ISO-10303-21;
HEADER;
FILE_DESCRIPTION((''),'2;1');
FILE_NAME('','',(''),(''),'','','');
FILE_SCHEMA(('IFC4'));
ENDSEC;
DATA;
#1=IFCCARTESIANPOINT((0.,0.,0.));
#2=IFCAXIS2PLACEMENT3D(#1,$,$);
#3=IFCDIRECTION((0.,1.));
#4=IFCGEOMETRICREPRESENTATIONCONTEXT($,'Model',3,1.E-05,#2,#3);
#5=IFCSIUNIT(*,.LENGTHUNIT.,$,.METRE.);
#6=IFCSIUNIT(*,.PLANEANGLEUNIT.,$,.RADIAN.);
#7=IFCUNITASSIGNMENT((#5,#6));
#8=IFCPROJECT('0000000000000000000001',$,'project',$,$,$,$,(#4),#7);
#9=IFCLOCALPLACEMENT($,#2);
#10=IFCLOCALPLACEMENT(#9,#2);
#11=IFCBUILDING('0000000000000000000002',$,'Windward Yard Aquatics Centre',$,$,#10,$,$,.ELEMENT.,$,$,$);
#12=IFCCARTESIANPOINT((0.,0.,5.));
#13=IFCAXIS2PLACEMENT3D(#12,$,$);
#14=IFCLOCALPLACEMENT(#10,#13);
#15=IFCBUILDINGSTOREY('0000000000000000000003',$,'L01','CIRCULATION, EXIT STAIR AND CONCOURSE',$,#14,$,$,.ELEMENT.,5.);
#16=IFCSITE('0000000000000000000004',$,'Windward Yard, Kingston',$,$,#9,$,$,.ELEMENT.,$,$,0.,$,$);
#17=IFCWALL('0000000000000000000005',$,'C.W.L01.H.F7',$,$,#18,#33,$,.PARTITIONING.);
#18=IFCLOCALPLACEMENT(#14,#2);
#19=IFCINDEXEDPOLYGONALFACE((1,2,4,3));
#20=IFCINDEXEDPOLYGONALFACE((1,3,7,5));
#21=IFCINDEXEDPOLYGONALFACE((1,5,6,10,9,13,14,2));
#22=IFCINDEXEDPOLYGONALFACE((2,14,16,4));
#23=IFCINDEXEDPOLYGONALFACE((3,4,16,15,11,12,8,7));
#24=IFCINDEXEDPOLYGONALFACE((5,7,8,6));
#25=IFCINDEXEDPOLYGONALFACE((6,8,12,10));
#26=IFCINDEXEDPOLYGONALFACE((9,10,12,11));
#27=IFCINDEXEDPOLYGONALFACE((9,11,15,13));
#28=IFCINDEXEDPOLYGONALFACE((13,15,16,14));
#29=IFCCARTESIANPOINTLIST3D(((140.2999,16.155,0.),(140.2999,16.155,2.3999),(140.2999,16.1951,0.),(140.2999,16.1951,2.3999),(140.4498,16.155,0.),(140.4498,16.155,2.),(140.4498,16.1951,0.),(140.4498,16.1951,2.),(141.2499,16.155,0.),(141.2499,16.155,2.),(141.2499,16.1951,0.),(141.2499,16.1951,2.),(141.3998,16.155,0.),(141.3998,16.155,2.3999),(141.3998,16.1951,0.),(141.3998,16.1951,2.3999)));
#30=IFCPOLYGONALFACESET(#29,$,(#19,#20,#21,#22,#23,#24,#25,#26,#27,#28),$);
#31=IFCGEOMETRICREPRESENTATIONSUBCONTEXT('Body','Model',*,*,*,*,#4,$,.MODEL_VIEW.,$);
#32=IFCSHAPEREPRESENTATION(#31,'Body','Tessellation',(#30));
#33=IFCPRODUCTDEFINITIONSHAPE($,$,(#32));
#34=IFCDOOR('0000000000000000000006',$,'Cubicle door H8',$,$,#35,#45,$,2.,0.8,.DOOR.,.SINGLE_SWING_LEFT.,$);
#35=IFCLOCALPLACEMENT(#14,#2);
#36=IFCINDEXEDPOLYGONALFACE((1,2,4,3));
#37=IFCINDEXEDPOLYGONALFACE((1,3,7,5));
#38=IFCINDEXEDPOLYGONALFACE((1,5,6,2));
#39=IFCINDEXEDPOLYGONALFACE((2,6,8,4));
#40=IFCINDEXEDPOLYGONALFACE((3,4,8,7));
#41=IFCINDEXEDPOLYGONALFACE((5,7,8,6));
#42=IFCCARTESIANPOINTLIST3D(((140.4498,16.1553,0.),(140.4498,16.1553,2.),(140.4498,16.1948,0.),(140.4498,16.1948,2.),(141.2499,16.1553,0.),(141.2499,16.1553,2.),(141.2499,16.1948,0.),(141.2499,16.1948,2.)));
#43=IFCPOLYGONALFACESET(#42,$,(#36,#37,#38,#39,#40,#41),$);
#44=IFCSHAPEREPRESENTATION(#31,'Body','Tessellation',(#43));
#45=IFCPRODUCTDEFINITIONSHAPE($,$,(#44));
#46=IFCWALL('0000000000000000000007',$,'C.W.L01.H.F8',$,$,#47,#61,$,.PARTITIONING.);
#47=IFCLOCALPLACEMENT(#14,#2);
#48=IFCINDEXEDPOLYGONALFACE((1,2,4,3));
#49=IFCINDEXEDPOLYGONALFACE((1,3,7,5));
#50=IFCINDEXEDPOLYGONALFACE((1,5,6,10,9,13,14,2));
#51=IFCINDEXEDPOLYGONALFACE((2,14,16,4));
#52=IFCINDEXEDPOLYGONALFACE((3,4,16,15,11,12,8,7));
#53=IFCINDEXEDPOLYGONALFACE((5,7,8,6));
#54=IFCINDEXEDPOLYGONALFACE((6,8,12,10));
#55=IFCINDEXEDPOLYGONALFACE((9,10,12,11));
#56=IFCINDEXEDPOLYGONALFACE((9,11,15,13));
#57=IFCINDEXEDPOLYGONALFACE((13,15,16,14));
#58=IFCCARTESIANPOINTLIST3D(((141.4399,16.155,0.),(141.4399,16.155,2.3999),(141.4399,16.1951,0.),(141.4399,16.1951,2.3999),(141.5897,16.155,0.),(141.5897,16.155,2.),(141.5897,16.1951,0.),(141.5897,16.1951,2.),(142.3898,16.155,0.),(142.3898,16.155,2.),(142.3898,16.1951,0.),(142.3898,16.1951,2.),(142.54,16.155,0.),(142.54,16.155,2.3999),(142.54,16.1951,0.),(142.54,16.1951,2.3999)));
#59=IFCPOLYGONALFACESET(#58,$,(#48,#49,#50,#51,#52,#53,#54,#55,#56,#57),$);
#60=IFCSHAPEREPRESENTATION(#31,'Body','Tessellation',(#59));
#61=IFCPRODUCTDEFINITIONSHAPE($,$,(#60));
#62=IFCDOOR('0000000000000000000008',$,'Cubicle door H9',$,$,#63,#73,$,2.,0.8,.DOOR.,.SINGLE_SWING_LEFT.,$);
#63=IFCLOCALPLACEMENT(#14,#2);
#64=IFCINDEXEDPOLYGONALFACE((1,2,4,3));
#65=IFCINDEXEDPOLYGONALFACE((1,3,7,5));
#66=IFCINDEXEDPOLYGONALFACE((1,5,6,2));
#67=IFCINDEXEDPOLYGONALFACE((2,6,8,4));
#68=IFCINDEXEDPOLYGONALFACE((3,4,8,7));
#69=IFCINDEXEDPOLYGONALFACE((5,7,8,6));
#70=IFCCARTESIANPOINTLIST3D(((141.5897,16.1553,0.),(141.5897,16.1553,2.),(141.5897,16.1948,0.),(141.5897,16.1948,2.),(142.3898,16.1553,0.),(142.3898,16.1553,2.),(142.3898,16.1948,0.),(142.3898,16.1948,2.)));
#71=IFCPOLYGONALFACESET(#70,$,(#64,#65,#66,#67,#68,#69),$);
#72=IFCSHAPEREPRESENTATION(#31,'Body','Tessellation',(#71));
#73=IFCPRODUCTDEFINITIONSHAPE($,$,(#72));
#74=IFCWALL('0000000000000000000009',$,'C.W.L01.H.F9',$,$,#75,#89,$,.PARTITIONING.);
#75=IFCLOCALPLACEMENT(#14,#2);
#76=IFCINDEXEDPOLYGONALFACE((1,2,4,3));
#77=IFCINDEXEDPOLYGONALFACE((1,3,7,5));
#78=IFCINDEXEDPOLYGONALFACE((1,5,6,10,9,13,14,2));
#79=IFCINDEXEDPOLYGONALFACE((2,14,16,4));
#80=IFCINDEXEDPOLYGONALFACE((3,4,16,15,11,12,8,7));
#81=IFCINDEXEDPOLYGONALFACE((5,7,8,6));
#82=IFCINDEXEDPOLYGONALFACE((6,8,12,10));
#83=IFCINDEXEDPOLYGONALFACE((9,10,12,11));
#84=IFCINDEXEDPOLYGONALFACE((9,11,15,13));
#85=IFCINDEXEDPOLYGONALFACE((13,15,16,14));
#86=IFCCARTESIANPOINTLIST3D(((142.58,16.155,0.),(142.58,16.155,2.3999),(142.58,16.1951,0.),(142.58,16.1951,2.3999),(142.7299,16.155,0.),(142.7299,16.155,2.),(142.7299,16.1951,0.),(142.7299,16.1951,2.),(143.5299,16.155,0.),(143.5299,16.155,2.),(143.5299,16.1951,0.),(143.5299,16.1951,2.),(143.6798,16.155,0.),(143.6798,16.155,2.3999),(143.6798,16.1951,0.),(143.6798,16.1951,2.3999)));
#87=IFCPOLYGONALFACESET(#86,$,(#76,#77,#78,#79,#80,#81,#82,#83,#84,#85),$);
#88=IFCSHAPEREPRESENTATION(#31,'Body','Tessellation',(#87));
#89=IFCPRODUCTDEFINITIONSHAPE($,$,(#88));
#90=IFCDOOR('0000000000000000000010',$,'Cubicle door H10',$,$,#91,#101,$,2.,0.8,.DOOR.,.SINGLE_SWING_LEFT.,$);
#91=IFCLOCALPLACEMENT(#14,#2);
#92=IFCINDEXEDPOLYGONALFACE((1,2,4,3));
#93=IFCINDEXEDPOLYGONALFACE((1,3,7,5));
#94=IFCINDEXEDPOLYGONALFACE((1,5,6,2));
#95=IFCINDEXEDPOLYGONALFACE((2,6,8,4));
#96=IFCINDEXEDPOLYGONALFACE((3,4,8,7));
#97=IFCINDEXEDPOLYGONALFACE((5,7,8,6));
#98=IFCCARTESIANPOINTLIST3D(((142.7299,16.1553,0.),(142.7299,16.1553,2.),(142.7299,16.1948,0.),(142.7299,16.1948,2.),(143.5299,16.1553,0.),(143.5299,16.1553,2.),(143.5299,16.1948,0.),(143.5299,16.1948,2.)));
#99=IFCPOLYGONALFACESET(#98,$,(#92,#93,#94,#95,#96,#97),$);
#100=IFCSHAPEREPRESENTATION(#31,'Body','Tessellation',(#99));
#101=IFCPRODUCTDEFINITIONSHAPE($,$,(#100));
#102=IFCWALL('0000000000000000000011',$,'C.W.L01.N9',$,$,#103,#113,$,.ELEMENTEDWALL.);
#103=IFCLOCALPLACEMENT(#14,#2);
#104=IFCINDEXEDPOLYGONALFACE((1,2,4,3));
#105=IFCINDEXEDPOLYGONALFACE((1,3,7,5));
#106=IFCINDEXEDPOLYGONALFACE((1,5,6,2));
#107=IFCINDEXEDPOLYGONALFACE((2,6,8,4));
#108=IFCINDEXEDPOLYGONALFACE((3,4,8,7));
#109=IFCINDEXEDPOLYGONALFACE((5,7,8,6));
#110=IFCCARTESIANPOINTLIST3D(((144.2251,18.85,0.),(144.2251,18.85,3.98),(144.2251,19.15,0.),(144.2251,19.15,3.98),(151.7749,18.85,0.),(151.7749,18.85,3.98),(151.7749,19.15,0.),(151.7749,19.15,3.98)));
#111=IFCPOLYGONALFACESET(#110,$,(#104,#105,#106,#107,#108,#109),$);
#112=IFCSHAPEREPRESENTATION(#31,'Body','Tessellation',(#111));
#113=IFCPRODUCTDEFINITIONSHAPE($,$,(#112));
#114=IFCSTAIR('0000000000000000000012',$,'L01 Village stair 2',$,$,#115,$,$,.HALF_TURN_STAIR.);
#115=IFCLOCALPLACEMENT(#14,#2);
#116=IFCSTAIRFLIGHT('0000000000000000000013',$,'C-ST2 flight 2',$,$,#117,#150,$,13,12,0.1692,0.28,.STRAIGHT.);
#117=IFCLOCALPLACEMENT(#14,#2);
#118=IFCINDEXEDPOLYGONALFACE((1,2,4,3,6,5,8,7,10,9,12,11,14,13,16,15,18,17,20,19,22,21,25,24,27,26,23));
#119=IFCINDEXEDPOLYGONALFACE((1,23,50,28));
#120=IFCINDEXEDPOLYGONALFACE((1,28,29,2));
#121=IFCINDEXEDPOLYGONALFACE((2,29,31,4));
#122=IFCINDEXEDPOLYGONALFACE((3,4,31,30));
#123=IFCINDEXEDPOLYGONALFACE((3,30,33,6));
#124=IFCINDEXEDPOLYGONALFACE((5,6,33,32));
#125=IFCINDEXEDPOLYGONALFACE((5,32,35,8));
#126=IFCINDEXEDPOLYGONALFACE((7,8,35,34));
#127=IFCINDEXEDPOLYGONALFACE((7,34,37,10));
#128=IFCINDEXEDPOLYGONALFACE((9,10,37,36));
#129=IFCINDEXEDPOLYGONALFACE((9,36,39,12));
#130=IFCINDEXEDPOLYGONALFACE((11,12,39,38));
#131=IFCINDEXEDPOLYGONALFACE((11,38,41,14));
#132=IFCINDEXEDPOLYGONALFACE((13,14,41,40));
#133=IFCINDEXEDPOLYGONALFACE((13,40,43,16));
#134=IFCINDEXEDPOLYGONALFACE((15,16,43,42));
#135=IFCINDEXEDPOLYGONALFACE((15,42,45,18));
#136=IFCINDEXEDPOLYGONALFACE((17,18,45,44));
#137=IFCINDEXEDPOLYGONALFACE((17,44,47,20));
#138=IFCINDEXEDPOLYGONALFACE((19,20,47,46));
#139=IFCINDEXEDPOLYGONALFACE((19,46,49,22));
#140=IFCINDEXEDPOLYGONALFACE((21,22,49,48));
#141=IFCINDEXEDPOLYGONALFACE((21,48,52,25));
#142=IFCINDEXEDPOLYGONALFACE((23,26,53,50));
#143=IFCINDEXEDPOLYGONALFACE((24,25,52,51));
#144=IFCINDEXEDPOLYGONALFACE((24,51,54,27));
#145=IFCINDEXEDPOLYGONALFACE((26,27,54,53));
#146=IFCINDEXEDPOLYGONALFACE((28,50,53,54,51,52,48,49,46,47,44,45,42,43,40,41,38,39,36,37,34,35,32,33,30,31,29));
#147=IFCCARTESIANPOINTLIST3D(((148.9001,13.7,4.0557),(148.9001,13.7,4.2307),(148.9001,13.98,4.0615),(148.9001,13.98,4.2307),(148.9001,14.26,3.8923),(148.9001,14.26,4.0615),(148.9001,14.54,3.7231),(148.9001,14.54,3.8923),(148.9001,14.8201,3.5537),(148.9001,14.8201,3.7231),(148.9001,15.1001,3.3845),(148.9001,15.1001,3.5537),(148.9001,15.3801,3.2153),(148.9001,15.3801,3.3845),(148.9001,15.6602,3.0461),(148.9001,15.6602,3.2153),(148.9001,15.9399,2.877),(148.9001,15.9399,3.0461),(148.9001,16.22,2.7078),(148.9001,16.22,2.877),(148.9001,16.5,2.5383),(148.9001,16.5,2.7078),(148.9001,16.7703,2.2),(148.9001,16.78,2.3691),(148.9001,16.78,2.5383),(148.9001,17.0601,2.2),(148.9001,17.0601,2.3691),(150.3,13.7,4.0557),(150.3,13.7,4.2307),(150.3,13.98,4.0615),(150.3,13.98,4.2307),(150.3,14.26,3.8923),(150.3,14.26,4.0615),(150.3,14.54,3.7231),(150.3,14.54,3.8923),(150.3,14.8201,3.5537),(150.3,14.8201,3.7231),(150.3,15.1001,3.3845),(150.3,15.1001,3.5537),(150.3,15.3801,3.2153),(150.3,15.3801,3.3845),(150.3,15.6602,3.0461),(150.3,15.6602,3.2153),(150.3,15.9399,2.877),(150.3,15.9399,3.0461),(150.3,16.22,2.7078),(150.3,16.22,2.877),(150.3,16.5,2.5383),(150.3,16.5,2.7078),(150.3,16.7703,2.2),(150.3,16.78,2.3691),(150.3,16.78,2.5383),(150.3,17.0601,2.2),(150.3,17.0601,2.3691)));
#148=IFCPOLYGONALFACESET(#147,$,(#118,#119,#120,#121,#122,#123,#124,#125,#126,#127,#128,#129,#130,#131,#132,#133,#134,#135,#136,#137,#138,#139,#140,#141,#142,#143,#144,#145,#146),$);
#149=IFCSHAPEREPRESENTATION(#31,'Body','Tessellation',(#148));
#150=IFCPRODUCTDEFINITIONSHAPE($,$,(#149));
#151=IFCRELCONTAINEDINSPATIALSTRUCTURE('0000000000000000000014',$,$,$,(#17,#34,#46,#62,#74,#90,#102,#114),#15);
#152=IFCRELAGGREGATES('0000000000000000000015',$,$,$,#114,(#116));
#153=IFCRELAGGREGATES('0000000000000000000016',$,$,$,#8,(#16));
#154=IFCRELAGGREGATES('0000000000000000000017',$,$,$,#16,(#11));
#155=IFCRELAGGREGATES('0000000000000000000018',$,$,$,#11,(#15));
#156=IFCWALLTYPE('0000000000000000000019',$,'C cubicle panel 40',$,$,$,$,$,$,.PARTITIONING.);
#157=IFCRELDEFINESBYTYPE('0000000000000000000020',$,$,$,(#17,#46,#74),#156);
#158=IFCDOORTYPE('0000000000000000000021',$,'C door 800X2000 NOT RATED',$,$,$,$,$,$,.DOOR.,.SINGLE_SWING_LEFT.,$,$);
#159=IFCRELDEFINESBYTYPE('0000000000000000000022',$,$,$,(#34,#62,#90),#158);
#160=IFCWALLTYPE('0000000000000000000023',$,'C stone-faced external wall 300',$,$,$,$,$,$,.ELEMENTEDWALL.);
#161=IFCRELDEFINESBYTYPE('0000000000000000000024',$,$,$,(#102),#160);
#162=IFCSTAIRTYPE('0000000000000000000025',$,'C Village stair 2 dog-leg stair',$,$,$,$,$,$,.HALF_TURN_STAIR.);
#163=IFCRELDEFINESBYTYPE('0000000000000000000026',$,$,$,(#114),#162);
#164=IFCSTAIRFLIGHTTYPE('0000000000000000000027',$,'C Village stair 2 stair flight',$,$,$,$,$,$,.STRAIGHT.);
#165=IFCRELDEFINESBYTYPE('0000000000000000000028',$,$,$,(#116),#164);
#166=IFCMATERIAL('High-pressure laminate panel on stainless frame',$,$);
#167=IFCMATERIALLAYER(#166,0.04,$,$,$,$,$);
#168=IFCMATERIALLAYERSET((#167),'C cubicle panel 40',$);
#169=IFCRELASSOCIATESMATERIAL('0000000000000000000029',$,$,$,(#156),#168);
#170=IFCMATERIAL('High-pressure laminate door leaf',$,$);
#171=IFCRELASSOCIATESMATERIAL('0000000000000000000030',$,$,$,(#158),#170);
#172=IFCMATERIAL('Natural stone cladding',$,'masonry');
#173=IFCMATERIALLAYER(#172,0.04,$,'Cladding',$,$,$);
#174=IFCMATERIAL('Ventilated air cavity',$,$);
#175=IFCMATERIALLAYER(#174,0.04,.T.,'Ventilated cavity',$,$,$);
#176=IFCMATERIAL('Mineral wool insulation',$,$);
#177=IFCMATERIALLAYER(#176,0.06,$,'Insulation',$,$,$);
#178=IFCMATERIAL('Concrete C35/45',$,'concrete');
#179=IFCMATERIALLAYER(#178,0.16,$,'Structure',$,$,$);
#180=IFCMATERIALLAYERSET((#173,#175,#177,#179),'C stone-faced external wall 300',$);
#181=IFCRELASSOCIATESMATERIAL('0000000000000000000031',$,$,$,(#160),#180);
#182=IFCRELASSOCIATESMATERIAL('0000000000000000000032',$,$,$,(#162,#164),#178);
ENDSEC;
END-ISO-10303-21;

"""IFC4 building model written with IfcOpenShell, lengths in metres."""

from ifc_helpers import new_model, si_unit, direction, frame, frame_2d, origin, place, context, subcontext, project, spatial, polyline, rectangle, outline, extrude, material, layer, layer_set, type_object, element, fill, aggregate, save


model = new_model("IFC4")

# Units and contexts
model_context = context("Model", 3, precision=1e-05, world=origin(), true_north=direction((0.0, 1.0)))
body_context = subcontext(model_context, "Body", "Model", "MODEL_VIEW")
ifc_project = project(units=[si_unit("LENGTHUNIT", "METRE"), si_unit("PLANEANGLEUNIT", "RADIAN")], contexts=[model_context])

# Site, building, storey
site_placement = place(None, origin())
site = spatial("IfcSite", under=ifc_project, at=site_placement, Name="Windward Yard, Kingston", CompositionType="ELEMENT", RefElevation=0.0)
building_placement = place(site_placement, origin())
building = spatial("IfcBuilding", under=site, at=building_placement, Name="Windward Yard Aquatics Centre", CompositionType="ELEMENT")
storey_placement = place(building_placement, frame((0.0, 0.0, 5.0)))
storey = spatial("IfcBuildingStorey", under=building, at=storey_placement, Name="L01", Description="CIRCULATION, EXIT STAIR AND CONCOURSE", CompositionType="ELEMENT", Elevation=5.0)

# Shared definitions
ifc_material_1 = material(Name="Concrete C35/45", Category="concrete")

# Walls, openings, doors
ifc_material_2 = material(Name="High-pressure laminate panel on stainless frame")
ifc_layer_1 = layer(ifc_material_2, 0.04)
ifc_layer_set_1 = layer_set([ifc_layer_1], Name="C cubicle panel 40")
wall_type_1 = type_object("IfcWallType", Name="C cubicle panel 40", PredefinedType="PARTITIONING", material=ifc_layer_set_1)
ifc_material_3 = material(Name="High-pressure laminate door leaf")
door_type = type_object("IfcDoorType", Name="C door 800X2000 NOT RATED", OperationType="SINGLE_SWING_LEFT", PredefinedType="DOOR", material=ifc_material_3)
wall_1_placement = place(storey_placement, frame((140.3, 16.175, 0.0), z_axis=(0.0, 0.0, 1.0), x_axis=(1.0, 0.0, 0.0)))
wall_1 = element("IfcWall", 1, at=wall_1_placement, inside=storey, type_object=wall_type_1, Name="C.W.L01.H.F7", PredefinedType="PARTITIONING", context=body_context, shape_type="SweptSolid", body=[
    extrude(rectangle(XDim=1.0999, YDim=0.04, at=frame_2d((0.5498, 0.0))), origin(), (0.0, 0.0, 1.0), 2.3999),
])
opening_1_placement = place(wall_1_placement, frame((0.1499, 0.0, 0.0)))
opening_1 = element("IfcOpeningElement", 2, at=opening_1_placement, cuts=wall_1, PredefinedType="OPENING", context=body_context, shape_type="SweptSolid", body=[
    extrude(rectangle(XDim=0.8, YDim=2.0, at=frame_2d((0.3999, 1.0))), frame((0.0, 0.03, 0.0), z_axis=(0.0, -1.0, 0.0), x_axis=(1.0, 0.0, 0.0)), (0.0, 0.0, 1.0), 0.0601),
])
door_1_placement = place(opening_1_placement, origin())
door_1 = element("IfcDoor", 3, at=door_1_placement, inside=storey, type_object=door_type, Name="Cubicle door H8", OperationType="SINGLE_SWING_LEFT", OverallHeight=2.0, OverallWidth=0.8, PredefinedType="DOOR", context=body_context, shape_type="SweptSolid", body=[
    extrude(rectangle(XDim=0.8, YDim=2.0, at=frame_2d((0.3999, 1.0))), frame((0.0, 0.0198, 0.0), z_axis=(0.0, -1.0, 0.0), x_axis=(1.0, 0.0, 0.0)), (0.0, 0.0, 1.0), 0.0396),
])
fill(opening_1, door_1)
wall_2_placement = place(storey_placement, frame((141.4399, 16.175, 0.0), z_axis=(0.0, 0.0, 1.0), x_axis=(1.0, 0.0, 0.0)))
wall_2 = element("IfcWall", 4, at=wall_2_placement, inside=storey, type_object=wall_type_1, Name="C.W.L01.H.F8", PredefinedType="PARTITIONING", context=body_context, shape_type="SweptSolid", body=[
    extrude(rectangle(XDim=1.1001, YDim=0.04, at=frame_2d((0.55, 0.0))), origin(), (0.0, 0.0, 1.0), 2.3999),
])
opening_2_placement = place(wall_2_placement, frame((0.1499, 0.0, 0.0)))
opening_2 = element("IfcOpeningElement", 5, at=opening_2_placement, cuts=wall_2, PredefinedType="OPENING", context=body_context, shape_type="SweptSolid", body=[
    extrude(rectangle(XDim=0.8, YDim=2.0, at=frame_2d((0.3999, 1.0))), frame((0.0, 0.03, 0.0), z_axis=(0.0, -1.0, 0.0), x_axis=(1.0, 0.0, 0.0)), (0.0, 0.0, 1.0), 0.0601),
])
door_2_placement = place(opening_2_placement, origin())
door_2 = element("IfcDoor", 6, at=door_2_placement, inside=storey, type_object=door_type, Name="Cubicle door H9", OperationType="SINGLE_SWING_LEFT", OverallHeight=2.0, OverallWidth=0.8, PredefinedType="DOOR", context=body_context, shape_type="SweptSolid", body=[
    extrude(rectangle(XDim=0.8, YDim=2.0, at=frame_2d((0.3999, 1.0))), frame((0.0, 0.0198, 0.0), z_axis=(0.0, -1.0, 0.0), x_axis=(1.0, 0.0, 0.0)), (0.0, 0.0, 1.0), 0.0396),
])
fill(opening_2, door_2)
wall_3_placement = place(storey_placement, frame((142.5801, 16.175, 0.0), z_axis=(0.0, 0.0, 1.0), x_axis=(1.0, 0.0, 0.0)))
wall_3 = element("IfcWall", 7, at=wall_3_placement, inside=storey, type_object=wall_type_1, Name="C.W.L01.H.F9", PredefinedType="PARTITIONING", context=body_context, shape_type="SweptSolid", body=[
    extrude(rectangle(XDim=1.0999, YDim=0.04, at=frame_2d((0.5498, 0.0))), origin(), (0.0, 0.0, 1.0), 2.3999),
])
opening_3_placement = place(wall_3_placement, frame((0.1499, 0.0, 0.0)))
opening_3 = element("IfcOpeningElement", 8, at=opening_3_placement, cuts=wall_3, PredefinedType="OPENING", context=body_context, shape_type="SweptSolid", body=[
    extrude(rectangle(XDim=0.8, YDim=2.0, at=frame_2d((0.3999, 1.0))), frame((0.0, 0.03, 0.0), z_axis=(0.0, -1.0, 0.0), x_axis=(1.0, 0.0, 0.0)), (0.0, 0.0, 1.0), 0.0601),
])
door_3_placement = place(opening_3_placement, origin())
door_3 = element("IfcDoor", 9, at=door_3_placement, inside=storey, type_object=door_type, Name="Cubicle door H10", OperationType="SINGLE_SWING_LEFT", OverallHeight=2.0, OverallWidth=0.8, PredefinedType="DOOR", context=body_context, shape_type="SweptSolid", body=[
    extrude(rectangle(XDim=0.8, YDim=2.0, at=frame_2d((0.3999, 1.0))), frame((0.0, 0.0198, 0.0), z_axis=(0.0, -1.0, 0.0), x_axis=(1.0, 0.0, 0.0)), (0.0, 0.0, 1.0), 0.0396),
])
fill(opening_3, door_3)

# Wall
ifc_material_4 = material(Name="Natural stone cladding", Category="masonry")
ifc_layer_2 = layer(ifc_material_4, 0.04, Name="Cladding")
ifc_material_5 = material(Name="Ventilated air cavity")
ifc_layer_3 = layer(ifc_material_5, 0.04, ventilated=True, Name="Ventilated cavity")
ifc_material_6 = material(Name="Mineral wool insulation")
ifc_layer_4 = layer(ifc_material_6, 0.06, Name="Insulation")
ifc_layer_5 = layer(ifc_material_1, 0.16, Name="Structure")
ifc_layer_set_2 = layer_set([ifc_layer_2, ifc_layer_3, ifc_layer_4, ifc_layer_5], Name="C stone-faced external wall 300")
wall_type_2 = type_object("IfcWallType", Name="C stone-faced external wall 300", PredefinedType="ELEMENTEDWALL", material=ifc_layer_set_2)
wall_4_placement = place(storey_placement, frame((144.2251, 19.0, 0.0), z_axis=(0.0, 0.0, 1.0), x_axis=(1.0, 0.0, 0.0)))
element("IfcWall", 10, at=wall_4_placement, inside=storey, type_object=wall_type_2, Name="C.W.L01.N9", PredefinedType="ELEMENTEDWALL", context=body_context, shape_type="SweptSolid", body=[
    extrude(rectangle(XDim=7.5498, YDim=0.3, at=frame_2d((3.7749, 0.0))), origin(), (0.0, 0.0, 1.0), 3.98),
])

# Stair, stair flight
stair_type = type_object("IfcStairType", Name="C Village stair 2 dog-leg stair", PredefinedType="HALF_TURN_STAIR", material=ifc_material_1)
stair_placement = place(storey_placement, origin())
stair = element("IfcStair", 11, at=stair_placement, inside=storey, type_object=stair_type, Name="L01 Village stair 2", PredefinedType="HALF_TURN_STAIR")
stair_flight_type = type_object("IfcStairFlightType", Name="C Village stair 2 stair flight", PredefinedType="STRAIGHT", material=ifc_material_1)
stair_flight_placement = place(storey_placement, frame((149.6001, 17.0601, 2.2), z_axis=(0.0, 0.0, 1.0), x_axis=(0.0, -1.0, 0.0)))
stair_flight = element("IfcStairFlight", 12, at=stair_flight_placement, type_object=stair_flight_type, Name="C-ST2 flight 2", NumberOfRisers=13, NumberOfTreads=12, PredefinedType="STRAIGHT", RiserHeight=0.1692, TreadLength=0.28, context=body_context, shape_type="SweptSolid", body=[
    extrude(outline(polyline([(0.0, 0.0), (0.0, 0.1692), (0.28, 0.1692), (0.28, 0.3384), (0.5601, 0.3384), (0.5601, 0.5078), (0.8401, 0.5078), (0.8401, 0.677), (1.1201, 0.677), (1.1201, 0.8462), (1.3999, 0.8462), (1.3999, 1.0154), (1.6799, 1.0154), (1.6799, 1.1846), (1.96, 1.1846), (1.96, 1.3538), (2.24, 1.3538), (2.24, 1.5232), (2.52, 1.5232), (2.52, 1.6924), (2.8, 1.6924), (2.8, 1.8616), (3.0801, 1.8616), (3.0801, 2.0308), (3.3601, 2.0308), (3.3601, 2.2), (3.3601, 1.8557), (0.2898, 0.0), (0.0, 0.0)])), frame((0.0, 0.7, 0.0), z_axis=(0.0, -1.0, 0.0), x_axis=(1.0, 0.0, 0.0)), (0.0, 0.0, 1.0), 1.3999),
])
aggregate(stair, [stair_flight])

save(model, "model.ifc")
